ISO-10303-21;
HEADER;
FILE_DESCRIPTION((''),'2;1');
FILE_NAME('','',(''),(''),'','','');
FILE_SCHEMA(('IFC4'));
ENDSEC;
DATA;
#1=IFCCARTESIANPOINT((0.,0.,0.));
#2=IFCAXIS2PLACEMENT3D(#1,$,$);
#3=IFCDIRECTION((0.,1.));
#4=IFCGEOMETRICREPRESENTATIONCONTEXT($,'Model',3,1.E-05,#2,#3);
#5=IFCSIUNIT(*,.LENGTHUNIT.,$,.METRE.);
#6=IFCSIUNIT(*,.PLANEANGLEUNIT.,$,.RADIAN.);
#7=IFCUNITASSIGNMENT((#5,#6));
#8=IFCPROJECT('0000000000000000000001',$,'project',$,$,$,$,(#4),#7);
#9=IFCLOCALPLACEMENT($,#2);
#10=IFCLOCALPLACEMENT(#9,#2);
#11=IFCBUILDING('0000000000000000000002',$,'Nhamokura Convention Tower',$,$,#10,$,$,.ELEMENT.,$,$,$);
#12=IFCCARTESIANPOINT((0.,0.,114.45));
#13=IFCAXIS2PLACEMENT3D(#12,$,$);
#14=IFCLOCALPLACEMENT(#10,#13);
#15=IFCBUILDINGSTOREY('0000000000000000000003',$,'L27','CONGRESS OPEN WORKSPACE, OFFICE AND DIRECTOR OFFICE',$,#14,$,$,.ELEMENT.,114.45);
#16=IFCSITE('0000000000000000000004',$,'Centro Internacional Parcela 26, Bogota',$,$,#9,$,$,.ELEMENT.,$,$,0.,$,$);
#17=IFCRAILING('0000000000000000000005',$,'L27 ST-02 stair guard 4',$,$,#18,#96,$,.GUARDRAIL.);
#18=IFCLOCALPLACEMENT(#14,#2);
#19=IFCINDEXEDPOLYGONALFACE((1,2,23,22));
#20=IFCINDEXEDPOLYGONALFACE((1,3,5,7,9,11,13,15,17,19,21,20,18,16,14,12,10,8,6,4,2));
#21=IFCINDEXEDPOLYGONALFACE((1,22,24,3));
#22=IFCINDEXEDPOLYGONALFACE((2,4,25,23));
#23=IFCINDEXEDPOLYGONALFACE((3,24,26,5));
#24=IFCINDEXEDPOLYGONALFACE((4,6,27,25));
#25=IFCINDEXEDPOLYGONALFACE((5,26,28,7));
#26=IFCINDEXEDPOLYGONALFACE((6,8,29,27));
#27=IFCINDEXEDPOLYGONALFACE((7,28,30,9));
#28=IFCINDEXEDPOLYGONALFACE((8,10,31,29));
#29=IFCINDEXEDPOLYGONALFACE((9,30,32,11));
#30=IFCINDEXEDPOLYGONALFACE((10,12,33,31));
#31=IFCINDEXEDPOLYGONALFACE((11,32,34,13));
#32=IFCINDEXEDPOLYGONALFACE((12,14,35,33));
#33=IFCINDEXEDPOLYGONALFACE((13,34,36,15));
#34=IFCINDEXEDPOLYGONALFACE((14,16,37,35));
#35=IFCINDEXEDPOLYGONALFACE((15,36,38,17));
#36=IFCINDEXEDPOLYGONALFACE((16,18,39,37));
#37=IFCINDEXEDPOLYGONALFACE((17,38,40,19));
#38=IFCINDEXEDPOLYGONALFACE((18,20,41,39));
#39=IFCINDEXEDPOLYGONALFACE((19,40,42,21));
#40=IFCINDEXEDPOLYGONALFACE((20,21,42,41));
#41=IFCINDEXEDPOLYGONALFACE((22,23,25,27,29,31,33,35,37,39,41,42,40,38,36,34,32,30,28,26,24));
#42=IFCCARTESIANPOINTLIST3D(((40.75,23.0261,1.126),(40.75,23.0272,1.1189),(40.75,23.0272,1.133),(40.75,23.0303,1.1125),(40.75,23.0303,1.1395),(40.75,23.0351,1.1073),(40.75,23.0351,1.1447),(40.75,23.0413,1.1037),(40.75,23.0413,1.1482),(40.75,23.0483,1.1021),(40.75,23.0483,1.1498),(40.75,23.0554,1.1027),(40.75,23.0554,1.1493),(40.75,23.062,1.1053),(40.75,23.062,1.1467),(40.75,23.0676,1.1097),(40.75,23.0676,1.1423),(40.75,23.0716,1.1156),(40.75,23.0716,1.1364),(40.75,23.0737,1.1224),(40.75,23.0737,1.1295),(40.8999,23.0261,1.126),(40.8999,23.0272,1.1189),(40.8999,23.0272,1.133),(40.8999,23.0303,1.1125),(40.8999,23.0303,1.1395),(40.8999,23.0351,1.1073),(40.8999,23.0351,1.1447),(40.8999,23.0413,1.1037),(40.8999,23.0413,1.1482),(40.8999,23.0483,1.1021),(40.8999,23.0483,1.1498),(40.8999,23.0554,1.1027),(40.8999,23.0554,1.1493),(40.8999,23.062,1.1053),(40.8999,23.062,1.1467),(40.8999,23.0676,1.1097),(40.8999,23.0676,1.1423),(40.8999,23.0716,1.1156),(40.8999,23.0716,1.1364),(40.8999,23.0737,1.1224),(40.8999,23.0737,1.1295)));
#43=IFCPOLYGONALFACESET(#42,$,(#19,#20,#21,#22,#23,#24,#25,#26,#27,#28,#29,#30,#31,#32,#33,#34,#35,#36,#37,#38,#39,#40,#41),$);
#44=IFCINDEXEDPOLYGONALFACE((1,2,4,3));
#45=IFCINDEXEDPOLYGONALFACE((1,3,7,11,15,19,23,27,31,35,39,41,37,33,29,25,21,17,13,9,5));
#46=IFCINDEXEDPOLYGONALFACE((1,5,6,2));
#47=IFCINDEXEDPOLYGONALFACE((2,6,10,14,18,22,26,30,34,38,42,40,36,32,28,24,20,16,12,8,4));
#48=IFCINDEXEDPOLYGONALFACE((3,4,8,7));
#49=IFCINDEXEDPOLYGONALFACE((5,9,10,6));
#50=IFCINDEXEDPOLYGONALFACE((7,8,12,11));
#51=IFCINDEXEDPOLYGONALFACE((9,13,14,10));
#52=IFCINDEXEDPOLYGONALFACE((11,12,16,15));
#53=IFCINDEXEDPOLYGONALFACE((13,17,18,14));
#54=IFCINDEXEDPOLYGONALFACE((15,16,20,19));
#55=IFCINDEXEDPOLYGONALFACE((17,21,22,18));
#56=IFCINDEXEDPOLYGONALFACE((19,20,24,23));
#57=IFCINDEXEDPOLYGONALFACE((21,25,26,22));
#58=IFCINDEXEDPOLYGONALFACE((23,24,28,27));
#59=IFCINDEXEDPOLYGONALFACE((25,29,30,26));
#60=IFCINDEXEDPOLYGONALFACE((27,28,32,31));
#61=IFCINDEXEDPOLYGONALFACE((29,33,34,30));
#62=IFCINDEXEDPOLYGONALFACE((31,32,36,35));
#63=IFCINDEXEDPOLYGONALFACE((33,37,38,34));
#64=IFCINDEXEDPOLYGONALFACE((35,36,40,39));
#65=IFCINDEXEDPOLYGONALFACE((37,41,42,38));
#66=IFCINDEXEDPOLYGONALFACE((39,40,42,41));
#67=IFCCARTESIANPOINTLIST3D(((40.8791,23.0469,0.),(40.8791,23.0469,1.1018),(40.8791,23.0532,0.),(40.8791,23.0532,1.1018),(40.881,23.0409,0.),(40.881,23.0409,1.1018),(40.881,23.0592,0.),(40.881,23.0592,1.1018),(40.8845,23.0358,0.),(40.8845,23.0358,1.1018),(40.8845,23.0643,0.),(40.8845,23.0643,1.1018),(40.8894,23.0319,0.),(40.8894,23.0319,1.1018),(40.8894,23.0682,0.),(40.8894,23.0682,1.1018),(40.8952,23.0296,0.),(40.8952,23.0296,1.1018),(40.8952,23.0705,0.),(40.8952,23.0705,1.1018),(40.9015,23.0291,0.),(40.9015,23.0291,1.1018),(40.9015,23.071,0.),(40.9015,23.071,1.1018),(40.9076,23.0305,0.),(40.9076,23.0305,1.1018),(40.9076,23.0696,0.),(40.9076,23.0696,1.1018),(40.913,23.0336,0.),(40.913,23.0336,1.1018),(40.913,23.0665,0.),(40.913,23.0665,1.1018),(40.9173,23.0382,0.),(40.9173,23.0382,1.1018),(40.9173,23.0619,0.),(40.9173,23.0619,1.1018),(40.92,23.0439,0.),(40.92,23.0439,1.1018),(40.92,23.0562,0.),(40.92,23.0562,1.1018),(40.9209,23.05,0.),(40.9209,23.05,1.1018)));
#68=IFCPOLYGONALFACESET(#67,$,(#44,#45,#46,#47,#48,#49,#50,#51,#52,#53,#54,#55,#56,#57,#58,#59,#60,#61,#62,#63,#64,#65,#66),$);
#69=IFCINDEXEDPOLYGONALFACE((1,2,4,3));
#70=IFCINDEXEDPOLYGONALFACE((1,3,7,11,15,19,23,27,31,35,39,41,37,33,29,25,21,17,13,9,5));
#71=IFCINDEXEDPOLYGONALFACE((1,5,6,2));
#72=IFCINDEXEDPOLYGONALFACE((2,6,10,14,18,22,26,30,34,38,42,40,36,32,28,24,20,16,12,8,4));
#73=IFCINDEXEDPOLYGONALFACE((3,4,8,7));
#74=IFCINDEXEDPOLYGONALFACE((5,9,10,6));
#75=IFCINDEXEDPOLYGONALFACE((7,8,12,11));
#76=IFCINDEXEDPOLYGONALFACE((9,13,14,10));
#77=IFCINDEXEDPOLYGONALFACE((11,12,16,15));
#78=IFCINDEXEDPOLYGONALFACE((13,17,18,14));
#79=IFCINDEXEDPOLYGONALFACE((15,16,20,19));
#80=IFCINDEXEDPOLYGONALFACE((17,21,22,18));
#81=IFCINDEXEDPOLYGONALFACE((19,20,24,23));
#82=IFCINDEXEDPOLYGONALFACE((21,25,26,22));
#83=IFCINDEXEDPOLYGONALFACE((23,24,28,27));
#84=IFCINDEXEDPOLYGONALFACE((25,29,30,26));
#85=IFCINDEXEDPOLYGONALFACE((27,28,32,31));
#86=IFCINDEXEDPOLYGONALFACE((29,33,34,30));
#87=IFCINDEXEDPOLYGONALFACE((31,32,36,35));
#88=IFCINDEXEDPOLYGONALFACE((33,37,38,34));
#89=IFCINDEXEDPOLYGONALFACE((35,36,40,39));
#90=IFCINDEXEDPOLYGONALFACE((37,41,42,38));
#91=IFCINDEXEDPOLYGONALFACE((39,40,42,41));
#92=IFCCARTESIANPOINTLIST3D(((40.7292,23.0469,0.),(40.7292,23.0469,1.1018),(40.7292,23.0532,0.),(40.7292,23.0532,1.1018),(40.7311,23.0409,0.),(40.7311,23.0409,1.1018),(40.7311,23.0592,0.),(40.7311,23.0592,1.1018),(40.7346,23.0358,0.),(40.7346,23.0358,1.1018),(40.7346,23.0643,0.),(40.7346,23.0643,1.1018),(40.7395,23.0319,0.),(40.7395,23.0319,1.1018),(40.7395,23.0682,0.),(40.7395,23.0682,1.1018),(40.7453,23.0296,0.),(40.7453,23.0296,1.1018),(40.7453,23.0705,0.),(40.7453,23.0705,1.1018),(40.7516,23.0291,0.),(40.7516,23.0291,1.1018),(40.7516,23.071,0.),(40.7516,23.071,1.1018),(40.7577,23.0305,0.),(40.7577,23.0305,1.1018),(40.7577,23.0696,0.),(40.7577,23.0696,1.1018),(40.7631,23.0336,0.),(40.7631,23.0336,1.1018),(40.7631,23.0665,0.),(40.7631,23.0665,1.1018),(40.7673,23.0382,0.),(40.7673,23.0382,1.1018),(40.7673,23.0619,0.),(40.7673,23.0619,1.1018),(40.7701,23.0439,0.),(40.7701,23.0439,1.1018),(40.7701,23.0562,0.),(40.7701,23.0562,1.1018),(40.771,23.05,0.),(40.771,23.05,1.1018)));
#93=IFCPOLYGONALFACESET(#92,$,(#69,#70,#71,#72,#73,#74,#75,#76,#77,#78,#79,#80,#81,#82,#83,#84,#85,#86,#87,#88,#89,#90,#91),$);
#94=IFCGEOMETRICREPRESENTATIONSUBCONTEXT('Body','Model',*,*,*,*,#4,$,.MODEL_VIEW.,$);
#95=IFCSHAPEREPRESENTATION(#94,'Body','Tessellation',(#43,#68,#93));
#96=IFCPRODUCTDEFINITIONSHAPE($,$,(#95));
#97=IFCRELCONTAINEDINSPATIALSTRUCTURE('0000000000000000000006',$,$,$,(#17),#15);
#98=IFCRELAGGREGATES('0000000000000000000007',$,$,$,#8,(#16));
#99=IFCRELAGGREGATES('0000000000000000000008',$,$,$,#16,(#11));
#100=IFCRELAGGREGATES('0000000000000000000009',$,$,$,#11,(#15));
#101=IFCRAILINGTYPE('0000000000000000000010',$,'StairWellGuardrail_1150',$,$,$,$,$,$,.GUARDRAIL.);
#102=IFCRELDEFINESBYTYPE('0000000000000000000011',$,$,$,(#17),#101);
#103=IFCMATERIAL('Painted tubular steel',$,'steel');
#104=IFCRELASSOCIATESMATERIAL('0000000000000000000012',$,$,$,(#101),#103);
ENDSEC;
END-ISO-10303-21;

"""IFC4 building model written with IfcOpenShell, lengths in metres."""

from ifc_helpers import new_model, si_unit, direction, frame, origin, origin_2d, place, context, subcontext, project, spatial, circle, extrude, material, type_object, element, save


model = new_model("IFC4")

# Units and contexts
model_context = context("Model", 3, precision=1e-05, world=origin(), true_north=direction((0.0, 1.0)))
body_context = subcontext(model_context, "Body", "Model", "MODEL_VIEW")
ifc_project = project(units=[si_unit("LENGTHUNIT", "METRE"), si_unit("PLANEANGLEUNIT", "RADIAN")], contexts=[model_context])

# Site, building, storey
site_placement = place(None, origin())
site = spatial("IfcSite", under=ifc_project, at=site_placement, Name="Centro Internacional Parcela 26, Bogota", CompositionType="ELEMENT", RefElevation=0.0)
building_placement = place(site_placement, origin())
building = spatial("IfcBuilding", under=site, at=building_placement, Name="Nhamokura Convention Tower", CompositionType="ELEMENT")
storey_placement = place(building_placement, frame((0.0, 0.0, 114.45)))
storey = spatial("IfcBuildingStorey", under=building, at=storey_placement, Name="L27", Description="CONGRESS OPEN WORKSPACE, OFFICE AND DIRECTOR OFFICE", CompositionType="ELEMENT", Elevation=114.45)

# Railing
ifc_material_1 = material(Name="Painted tubular steel", Category="steel")
railing_type_1 = type_object("IfcRailingType", Name="StairWellGuardrail_1150", PredefinedType="GUARDRAIL", material=ifc_material_1)
railing_1_placement = place(storey_placement, frame((40.8999, 23.05, 0.0)))
element("IfcRailing", 1, at=railing_1_placement, inside=storey, type_object=railing_type_1, Name="L27 ST-02 stair guard 4", PredefinedType="GUARDRAIL", context=body_context, shape_type="SweptSolid", body=[
    extrude(circle(Radius=0.0239, at=origin_2d()), frame((0.0, 0.0, 1.126), z_axis=(-1.0, 0.0, 0.0), x_axis=(0.0, -1.0, 0.0)), (0.0, 0.0, 1.0), 0.1499),
    extrude(circle(Radius=0.021, at=origin_2d()), origin(), (0.0, 0.0, 1.0), 1.1018),
    extrude(circle(Radius=0.021, at=origin_2d()), frame((-0.1499, 0.0, 0.0)), (0.0, 0.0, 1.0), 1.1018),
])

save(model, "model.ifc")
